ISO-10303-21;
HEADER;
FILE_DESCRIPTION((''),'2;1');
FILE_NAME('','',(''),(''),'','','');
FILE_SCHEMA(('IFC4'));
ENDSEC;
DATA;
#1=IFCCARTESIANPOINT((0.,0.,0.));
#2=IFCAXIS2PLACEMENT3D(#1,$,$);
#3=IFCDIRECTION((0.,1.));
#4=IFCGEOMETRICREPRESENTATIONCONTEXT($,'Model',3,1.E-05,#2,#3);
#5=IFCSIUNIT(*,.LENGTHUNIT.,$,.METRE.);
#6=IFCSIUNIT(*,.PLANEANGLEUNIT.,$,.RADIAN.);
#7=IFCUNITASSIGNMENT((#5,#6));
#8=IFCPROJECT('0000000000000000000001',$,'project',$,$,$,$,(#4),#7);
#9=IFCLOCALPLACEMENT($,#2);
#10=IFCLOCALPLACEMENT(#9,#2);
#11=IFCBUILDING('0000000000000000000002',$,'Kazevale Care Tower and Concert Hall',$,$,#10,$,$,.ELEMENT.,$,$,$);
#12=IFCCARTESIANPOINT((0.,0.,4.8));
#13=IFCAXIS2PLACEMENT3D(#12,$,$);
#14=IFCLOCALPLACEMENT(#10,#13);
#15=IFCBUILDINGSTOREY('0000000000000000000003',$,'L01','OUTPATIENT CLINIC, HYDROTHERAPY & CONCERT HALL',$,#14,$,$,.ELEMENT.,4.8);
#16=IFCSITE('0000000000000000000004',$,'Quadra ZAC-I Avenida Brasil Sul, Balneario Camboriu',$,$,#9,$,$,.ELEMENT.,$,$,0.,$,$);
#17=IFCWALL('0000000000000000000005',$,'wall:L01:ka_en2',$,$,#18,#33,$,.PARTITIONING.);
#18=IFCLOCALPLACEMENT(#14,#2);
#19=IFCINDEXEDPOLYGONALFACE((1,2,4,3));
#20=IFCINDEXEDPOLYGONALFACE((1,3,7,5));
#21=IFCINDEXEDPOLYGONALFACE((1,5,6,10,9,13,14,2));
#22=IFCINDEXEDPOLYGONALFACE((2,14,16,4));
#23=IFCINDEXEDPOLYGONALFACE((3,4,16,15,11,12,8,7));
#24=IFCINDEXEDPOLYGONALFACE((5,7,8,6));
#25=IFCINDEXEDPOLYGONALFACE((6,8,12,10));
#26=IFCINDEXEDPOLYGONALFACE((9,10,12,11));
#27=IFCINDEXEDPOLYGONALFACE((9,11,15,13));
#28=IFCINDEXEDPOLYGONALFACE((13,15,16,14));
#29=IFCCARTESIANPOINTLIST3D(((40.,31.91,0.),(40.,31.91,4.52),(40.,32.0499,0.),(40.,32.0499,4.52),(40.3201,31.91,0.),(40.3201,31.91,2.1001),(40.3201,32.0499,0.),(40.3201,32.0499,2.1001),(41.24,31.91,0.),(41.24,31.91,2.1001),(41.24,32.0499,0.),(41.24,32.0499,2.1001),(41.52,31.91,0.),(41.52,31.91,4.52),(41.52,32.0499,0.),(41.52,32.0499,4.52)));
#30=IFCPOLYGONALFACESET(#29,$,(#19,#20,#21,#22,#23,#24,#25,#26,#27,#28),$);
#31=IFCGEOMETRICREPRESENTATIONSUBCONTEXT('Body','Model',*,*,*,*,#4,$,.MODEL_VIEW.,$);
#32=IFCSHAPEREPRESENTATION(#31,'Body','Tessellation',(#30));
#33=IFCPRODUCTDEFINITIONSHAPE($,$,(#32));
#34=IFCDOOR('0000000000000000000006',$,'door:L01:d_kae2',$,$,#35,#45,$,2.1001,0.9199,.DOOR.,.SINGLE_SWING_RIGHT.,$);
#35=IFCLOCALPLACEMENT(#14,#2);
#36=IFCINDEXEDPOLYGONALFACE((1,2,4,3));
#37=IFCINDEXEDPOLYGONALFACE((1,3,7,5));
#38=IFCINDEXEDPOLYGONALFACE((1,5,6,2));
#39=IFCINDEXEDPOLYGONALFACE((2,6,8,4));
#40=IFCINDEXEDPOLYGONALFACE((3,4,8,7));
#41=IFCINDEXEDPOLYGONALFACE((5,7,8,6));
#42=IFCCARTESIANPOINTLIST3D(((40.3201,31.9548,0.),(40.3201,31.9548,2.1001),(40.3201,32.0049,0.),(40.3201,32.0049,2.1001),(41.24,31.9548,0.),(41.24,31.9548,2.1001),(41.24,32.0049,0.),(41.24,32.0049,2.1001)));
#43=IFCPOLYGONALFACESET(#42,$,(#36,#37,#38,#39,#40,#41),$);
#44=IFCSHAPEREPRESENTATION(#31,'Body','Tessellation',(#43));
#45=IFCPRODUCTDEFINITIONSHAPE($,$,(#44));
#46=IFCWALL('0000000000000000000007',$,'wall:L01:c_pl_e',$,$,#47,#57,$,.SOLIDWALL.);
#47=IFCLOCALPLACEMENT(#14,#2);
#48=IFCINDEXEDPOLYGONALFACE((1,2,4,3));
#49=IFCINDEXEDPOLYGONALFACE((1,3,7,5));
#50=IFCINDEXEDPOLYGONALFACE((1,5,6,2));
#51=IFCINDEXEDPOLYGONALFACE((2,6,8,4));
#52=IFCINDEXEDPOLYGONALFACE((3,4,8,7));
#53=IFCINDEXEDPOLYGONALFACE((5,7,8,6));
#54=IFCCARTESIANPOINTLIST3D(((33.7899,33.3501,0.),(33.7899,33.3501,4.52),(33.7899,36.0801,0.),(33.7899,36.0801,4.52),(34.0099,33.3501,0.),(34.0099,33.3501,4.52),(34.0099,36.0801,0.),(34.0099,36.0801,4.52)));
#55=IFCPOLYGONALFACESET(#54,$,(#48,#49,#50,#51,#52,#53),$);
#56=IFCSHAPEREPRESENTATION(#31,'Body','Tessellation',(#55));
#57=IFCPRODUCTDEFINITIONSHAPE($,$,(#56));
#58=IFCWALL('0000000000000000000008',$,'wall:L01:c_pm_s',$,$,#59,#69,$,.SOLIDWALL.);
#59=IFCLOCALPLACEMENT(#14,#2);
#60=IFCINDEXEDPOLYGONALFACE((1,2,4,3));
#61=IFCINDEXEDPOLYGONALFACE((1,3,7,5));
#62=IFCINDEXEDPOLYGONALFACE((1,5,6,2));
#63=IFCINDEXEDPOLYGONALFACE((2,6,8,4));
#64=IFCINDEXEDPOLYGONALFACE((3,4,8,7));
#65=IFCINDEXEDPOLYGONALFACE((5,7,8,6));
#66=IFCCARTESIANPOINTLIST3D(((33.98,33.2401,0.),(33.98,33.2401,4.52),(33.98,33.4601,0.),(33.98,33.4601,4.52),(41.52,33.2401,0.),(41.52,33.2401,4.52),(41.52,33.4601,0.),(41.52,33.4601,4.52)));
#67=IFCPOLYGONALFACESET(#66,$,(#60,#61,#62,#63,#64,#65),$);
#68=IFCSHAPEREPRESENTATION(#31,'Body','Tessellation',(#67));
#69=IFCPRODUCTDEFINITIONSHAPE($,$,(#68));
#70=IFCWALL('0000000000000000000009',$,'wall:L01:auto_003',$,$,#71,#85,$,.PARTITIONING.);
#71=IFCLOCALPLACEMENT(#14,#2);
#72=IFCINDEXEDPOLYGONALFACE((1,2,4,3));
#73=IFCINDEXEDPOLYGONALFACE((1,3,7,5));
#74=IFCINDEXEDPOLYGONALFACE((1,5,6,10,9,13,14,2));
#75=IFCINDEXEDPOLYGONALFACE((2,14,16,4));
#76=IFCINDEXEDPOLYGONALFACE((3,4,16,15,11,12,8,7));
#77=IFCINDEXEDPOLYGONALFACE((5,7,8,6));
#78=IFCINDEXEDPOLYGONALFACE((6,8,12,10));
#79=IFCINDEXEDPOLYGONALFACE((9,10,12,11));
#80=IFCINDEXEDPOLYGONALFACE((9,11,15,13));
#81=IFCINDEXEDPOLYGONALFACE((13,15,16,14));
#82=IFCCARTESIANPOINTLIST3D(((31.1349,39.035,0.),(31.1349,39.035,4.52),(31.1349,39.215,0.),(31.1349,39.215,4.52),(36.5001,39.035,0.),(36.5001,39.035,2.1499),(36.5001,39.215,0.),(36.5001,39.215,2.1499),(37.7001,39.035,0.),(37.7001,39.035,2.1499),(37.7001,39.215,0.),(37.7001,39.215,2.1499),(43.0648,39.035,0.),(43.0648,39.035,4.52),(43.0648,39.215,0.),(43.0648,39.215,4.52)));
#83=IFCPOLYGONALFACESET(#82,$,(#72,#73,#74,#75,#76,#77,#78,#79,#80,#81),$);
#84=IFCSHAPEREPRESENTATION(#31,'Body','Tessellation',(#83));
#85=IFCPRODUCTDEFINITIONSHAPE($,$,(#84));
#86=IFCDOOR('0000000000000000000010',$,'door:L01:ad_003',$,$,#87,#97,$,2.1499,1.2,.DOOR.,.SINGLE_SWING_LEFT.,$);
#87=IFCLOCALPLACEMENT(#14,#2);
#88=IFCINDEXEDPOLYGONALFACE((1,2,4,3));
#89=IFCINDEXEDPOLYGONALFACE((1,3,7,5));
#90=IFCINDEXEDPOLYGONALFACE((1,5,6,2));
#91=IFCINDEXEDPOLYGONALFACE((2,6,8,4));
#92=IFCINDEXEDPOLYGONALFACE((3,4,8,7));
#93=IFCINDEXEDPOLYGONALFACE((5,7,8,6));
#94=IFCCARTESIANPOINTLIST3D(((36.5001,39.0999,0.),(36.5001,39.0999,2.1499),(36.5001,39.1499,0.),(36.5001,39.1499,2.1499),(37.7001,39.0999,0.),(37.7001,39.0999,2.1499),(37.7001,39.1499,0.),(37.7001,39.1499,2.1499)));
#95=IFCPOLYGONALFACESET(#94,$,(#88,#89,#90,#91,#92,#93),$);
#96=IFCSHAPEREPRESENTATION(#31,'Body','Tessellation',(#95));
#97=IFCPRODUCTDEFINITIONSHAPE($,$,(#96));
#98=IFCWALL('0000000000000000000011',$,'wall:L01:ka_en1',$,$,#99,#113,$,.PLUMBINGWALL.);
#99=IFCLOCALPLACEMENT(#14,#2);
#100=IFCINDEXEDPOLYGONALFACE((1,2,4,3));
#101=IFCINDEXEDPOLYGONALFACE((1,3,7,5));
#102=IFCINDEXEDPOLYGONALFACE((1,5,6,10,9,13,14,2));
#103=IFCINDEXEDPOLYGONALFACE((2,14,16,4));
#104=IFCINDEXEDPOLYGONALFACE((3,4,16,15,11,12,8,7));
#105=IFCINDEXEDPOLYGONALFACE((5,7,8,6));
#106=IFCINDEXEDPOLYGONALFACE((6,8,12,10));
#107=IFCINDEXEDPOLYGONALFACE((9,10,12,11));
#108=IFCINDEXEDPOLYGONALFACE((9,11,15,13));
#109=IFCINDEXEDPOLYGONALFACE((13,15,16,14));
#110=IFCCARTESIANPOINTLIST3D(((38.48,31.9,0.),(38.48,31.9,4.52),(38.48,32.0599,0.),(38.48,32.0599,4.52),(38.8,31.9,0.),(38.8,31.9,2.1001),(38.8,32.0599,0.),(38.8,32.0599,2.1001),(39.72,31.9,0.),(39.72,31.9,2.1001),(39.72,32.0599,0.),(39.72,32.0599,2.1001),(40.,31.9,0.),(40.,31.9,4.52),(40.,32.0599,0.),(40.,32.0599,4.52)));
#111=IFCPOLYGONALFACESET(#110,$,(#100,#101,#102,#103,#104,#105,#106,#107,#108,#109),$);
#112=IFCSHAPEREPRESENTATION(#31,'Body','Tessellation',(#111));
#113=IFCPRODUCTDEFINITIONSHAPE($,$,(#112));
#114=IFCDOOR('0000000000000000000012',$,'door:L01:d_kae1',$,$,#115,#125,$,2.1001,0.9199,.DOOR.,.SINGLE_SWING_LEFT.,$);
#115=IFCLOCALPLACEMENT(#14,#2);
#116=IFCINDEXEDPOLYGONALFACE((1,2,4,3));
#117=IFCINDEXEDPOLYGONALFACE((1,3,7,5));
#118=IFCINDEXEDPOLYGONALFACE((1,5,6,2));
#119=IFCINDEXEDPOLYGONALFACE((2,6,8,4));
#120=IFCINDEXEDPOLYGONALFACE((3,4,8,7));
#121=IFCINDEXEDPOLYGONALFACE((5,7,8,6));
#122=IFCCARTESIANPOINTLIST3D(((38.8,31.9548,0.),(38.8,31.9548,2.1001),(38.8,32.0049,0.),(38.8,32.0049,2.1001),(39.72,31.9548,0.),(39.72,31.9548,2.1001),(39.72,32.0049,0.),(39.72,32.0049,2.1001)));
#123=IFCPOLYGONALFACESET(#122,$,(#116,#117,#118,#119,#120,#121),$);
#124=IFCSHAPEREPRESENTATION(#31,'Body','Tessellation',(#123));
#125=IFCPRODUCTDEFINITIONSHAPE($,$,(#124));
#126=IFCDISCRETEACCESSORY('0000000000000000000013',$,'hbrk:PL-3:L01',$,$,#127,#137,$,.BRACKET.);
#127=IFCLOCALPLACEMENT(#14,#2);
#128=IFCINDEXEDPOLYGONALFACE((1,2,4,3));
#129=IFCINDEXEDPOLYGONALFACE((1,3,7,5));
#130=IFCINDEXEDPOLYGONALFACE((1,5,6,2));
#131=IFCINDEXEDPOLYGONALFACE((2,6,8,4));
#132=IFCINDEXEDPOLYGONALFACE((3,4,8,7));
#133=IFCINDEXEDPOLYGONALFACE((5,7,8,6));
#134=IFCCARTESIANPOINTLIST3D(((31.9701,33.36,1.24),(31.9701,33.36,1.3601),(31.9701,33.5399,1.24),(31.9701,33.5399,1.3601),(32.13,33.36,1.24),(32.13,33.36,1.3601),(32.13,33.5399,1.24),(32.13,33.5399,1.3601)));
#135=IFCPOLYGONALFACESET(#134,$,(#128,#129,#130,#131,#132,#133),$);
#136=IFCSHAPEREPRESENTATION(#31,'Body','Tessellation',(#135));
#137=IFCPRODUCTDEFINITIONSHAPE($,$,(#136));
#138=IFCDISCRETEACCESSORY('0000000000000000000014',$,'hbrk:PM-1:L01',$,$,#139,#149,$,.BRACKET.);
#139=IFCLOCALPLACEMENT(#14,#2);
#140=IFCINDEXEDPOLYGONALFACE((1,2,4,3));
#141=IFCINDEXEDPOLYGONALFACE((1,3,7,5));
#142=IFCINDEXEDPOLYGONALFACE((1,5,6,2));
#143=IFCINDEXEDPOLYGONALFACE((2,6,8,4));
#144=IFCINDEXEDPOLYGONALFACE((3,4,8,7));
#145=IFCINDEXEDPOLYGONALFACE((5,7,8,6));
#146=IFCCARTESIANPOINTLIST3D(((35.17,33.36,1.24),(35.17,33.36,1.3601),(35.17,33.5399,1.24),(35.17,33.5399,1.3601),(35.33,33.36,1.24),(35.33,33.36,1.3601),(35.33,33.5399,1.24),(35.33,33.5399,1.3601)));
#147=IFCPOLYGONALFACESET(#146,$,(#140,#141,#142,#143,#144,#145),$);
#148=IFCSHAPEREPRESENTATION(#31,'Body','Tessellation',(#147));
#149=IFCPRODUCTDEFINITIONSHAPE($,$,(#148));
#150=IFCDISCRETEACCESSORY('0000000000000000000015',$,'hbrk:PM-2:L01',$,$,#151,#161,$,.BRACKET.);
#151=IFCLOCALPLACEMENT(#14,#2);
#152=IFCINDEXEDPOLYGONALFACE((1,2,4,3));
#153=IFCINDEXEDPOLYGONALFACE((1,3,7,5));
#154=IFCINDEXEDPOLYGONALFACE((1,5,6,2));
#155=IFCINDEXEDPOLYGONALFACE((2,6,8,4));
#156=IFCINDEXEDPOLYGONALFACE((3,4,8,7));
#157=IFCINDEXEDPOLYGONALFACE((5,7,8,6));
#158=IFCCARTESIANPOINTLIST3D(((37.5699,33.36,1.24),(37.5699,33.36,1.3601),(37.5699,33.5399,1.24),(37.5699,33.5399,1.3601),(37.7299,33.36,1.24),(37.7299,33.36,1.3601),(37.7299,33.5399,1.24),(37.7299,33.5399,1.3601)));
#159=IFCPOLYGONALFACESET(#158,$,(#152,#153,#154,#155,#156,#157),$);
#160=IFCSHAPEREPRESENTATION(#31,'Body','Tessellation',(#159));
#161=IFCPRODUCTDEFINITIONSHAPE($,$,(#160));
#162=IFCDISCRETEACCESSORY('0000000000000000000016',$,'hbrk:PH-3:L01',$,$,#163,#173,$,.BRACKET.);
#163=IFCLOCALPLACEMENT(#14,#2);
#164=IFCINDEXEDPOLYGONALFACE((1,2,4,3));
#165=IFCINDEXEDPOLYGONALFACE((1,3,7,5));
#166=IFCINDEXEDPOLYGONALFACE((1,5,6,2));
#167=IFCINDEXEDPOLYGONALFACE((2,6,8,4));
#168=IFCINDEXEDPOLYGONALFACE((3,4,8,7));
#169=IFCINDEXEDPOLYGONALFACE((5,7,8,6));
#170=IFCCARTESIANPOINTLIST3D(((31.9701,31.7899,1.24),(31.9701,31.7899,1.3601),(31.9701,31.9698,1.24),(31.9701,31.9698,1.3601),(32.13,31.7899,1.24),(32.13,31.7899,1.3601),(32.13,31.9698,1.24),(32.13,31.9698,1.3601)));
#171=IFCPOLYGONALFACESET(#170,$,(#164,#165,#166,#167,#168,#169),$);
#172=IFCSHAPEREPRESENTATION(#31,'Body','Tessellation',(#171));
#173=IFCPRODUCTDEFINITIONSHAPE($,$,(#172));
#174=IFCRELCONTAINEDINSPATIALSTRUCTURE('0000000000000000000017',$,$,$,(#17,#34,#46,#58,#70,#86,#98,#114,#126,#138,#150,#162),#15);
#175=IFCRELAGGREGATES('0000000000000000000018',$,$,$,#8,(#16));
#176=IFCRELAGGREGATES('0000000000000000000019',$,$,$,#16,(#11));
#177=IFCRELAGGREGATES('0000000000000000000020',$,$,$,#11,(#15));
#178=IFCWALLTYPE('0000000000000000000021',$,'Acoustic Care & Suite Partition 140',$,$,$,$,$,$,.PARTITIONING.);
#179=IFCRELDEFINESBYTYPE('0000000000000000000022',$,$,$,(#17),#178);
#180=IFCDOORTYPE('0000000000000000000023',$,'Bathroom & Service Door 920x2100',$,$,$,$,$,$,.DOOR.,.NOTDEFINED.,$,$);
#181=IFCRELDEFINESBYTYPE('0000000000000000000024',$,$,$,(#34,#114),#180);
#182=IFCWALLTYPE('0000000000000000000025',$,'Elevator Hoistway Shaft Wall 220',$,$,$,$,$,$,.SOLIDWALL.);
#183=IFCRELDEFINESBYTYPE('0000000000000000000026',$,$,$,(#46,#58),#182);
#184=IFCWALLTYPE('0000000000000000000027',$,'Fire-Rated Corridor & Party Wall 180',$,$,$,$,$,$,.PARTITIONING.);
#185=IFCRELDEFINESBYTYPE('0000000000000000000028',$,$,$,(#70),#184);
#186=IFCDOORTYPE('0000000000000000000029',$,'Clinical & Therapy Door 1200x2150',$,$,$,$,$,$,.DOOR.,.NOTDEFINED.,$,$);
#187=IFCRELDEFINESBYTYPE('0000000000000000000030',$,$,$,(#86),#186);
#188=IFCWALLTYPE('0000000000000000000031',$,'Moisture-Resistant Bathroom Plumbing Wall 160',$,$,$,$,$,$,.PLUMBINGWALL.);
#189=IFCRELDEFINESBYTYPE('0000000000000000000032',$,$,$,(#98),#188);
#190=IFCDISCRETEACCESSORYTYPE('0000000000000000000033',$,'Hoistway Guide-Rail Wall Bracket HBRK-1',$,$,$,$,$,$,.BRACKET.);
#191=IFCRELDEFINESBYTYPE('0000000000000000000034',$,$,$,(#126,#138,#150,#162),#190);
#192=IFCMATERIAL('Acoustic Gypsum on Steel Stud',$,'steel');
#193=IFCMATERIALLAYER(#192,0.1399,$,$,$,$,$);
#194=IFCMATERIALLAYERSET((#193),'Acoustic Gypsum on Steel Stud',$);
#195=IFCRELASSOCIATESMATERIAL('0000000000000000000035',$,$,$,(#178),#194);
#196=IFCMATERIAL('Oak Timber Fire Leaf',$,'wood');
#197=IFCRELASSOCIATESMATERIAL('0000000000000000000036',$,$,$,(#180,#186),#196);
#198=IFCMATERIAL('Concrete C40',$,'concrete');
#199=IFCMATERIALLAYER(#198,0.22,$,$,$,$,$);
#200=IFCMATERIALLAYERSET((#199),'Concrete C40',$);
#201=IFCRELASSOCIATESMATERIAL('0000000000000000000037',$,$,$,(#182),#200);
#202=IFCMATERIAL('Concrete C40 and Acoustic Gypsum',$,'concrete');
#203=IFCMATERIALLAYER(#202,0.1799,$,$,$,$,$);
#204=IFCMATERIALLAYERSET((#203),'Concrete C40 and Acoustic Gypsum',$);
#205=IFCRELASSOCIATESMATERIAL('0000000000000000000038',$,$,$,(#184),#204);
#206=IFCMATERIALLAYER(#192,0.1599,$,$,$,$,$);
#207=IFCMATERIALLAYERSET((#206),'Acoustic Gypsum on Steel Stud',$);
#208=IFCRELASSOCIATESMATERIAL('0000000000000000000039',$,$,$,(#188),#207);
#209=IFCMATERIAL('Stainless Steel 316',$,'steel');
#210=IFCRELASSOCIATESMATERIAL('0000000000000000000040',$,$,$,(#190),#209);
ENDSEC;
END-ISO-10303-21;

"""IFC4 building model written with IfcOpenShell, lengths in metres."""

from ifc_helpers import new_model, si_unit, direction, frame, frame_2d, origin, origin_2d, place, context, subcontext, project, spatial, rectangle, extrude, material, layer, layer_set, type_object, element, fill, save


model = new_model("IFC4")

# Units and contexts
model_context = context("Model", 3, precision=1e-05, world=origin(), true_north=direction((0.0, 1.0)))
body_context = subcontext(model_context, "Body", "Model", "MODEL_VIEW")
ifc_project = project(units=[si_unit("LENGTHUNIT", "METRE"), si_unit("PLANEANGLEUNIT", "RADIAN")], contexts=[model_context])

# Site, building, storey
site_placement = place(None, origin())
site = spatial("IfcSite", under=ifc_project, at=site_placement, Name="Quadra ZAC-I Avenida Brasil Sul, Balneario Camboriu", CompositionType="ELEMENT", RefElevation=0.0)
building_placement = place(site_placement, origin())
building = spatial("IfcBuilding", under=site, at=building_placement, Name="Kazevale Care Tower and Concert Hall", CompositionType="ELEMENT")
storey_placement = place(building_placement, frame((0.0, 0.0, 4.8)))
storey = spatial("IfcBuildingStorey", under=building, at=storey_placement, Name="L01", Description="OUTPATIENT CLINIC, HYDROTHERAPY & CONCERT HALL", CompositionType="ELEMENT", Elevation=4.8)

# Wall, opening, door
ifc_material_1 = material(Name="Acoustic Gypsum on Steel Stud", Category="steel")
ifc_layer_1 = layer(ifc_material_1, 0.1399)
ifc_layer_set_1 = layer_set([ifc_layer_1], Name="Acoustic Gypsum on Steel Stud")
wall_type_1 = type_object("IfcWallType", Name="Acoustic Care & Suite Partition 140", PredefinedType="PARTITIONING", material=ifc_layer_set_1)
wall_1_placement = place(storey_placement, frame((40.0, 31.98, 0.0), z_axis=(0.0, 0.0, 1.0), x_axis=(1.0, 0.0, 0.0)))
wall_1 = element("IfcWall", 1, at=wall_1_placement, inside=storey, type_object=wall_type_1, Name="wall:L01:ka_en2", PredefinedType="PARTITIONING", context=body_context, shape_type="SweptSolid", body=[
    extrude(rectangle(XDim=1.52, YDim=0.1399, at=frame_2d((0.76, 0.0))), origin(), (0.0, 0.0, 1.0), 4.52),
])
opening_1_placement = place(wall_1_placement, frame((0.3201, 0.0, 0.0)))
opening_1 = element("IfcOpeningElement", 2, at=opening_1_placement, cuts=wall_1, PredefinedType="OPENING", context=body_context, shape_type="SweptSolid", body=[
    extrude(rectangle(XDim=0.9199, YDim=2.1001, at=frame_2d((0.46, 1.05))), frame((0.0, 0.0798, 0.0), z_axis=(0.0, -1.0, 0.0), x_axis=(1.0, 0.0, 0.0)), (0.0, 0.0, 1.0), 0.1599),
])
ifc_material_2 = material(Name="Oak Timber Fire Leaf", Category="wood")
door_type_1 = type_object("IfcDoorType", Name="Bathroom & Service Door 920x2100", OperationType="NOTDEFINED", PredefinedType="DOOR", material=ifc_material_2)
door_1_placement = place(opening_1_placement, origin())
door_1 = element("IfcDoor", 3, at=door_1_placement, inside=storey, type_object=door_type_1, Name="door:L01:d_kae2", OperationType="SINGLE_SWING_RIGHT", OverallHeight=2.1001, OverallWidth=0.9199, PredefinedType="DOOR", context=body_context, shape_type="SweptSolid", body=[
    extrude(rectangle(XDim=0.9199, YDim=2.1001, at=frame_2d((0.46, 1.05))), frame((0.0, 0.0249, 0.0), z_axis=(0.0, -1.0, 0.0), x_axis=(1.0, 0.0, 0.0)), (0.0, 0.0, 1.0), 0.05),
])
fill(opening_1, door_1)

# Walls
ifc_material_3 = material(Name="Concrete C40", Category="concrete")
ifc_layer_2 = layer(ifc_material_3, 0.22)
ifc_layer_set_2 = layer_set([ifc_layer_2], Name="Concrete C40")
wall_type_2 = type_object("IfcWallType", Name="Elevator Hoistway Shaft Wall 220", PredefinedType="SOLIDWALL", material=ifc_layer_set_2)
wall_2_placement = place(storey_placement, frame((33.8999, 33.3501, 0.0), z_axis=(0.0, 0.0, 1.0), x_axis=(0.0, 1.0, 0.0)))
element("IfcWall", 4, at=wall_2_placement, inside=storey, type_object=wall_type_2, Name="wall:L01:c_pl_e", PredefinedType="SOLIDWALL", context=body_context, shape_type="SweptSolid", body=[
    extrude(rectangle(XDim=2.73, YDim=0.22, at=frame_2d((1.365, 0.0))), origin(), (0.0, 0.0, 1.0), 4.52),
])
wall_3_placement = place(storey_placement, frame((33.98, 33.3501, 0.0), z_axis=(0.0, 0.0, 1.0), x_axis=(1.0, 0.0, 0.0)))
element("IfcWall", 5, at=wall_3_placement, inside=storey, type_object=wall_type_2, Name="wall:L01:c_pm_s", PredefinedType="SOLIDWALL", context=body_context, shape_type="SweptSolid", body=[
    extrude(rectangle(XDim=7.54, YDim=0.22, at=frame_2d((3.77, 0.0))), origin(), (0.0, 0.0, 1.0), 4.52),
])

# Walls, openings, doors
ifc_material_4 = material(Name="Concrete C40 and Acoustic Gypsum", Category="concrete")
ifc_layer_3 = layer(ifc_material_4, 0.1799)
ifc_layer_set_3 = layer_set([ifc_layer_3], Name="Concrete C40 and Acoustic Gypsum")
wall_type_3 = type_object("IfcWallType", Name="Fire-Rated Corridor & Party Wall 180", PredefinedType="PARTITIONING", material=ifc_layer_set_3)
wall_4_placement = place(storey_placement, frame((31.135, 39.125, 0.0), z_axis=(0.0, 0.0, 1.0), x_axis=(1.0, 0.0, 0.0)))
wall_4 = element("IfcWall", 6, at=wall_4_placement, inside=storey, type_object=wall_type_3, Name="wall:L01:auto_003", PredefinedType="PARTITIONING", context=body_context, shape_type="SweptSolid", body=[
    extrude(rectangle(XDim=11.9299, YDim=0.1799, at=frame_2d((5.9648, 0.0))), origin(), (0.0, 0.0, 1.0), 4.52),
])
opening_2_placement = place(wall_4_placement, frame((5.365, 0.0, 0.0)))
opening_2 = element("IfcOpeningElement", 7, at=opening_2_placement, cuts=wall_4, PredefinedType="OPENING", context=body_context, shape_type="SweptSolid", body=[
    extrude(rectangle(XDim=1.2, YDim=2.1499, at=frame_2d((0.6001, 1.075))), frame((0.0, 0.0999, 0.0), z_axis=(0.0, -1.0, 0.0), x_axis=(1.0, 0.0, 0.0)), (0.0, 0.0, 1.0), 0.2),
])
door_type_2 = type_object("IfcDoorType", Name="Clinical & Therapy Door 1200x2150", OperationType="NOTDEFINED", PredefinedType="DOOR", material=ifc_material_2)
door_2_placement = place(opening_2_placement, origin())
door_2 = element("IfcDoor", 8, at=door_2_placement, inside=storey, type_object=door_type_2, Name="door:L01:ad_003", OperationType="SINGLE_SWING_LEFT", OverallHeight=2.1499, OverallWidth=1.2, PredefinedType="DOOR", context=body_context, shape_type="SweptSolid", body=[
    extrude(rectangle(XDim=1.2, YDim=2.1499, at=frame_2d((0.6001, 1.075))), frame((0.0, 0.0249, 0.0), z_axis=(0.0, -1.0, 0.0), x_axis=(1.0, 0.0, 0.0)), (0.0, 0.0, 1.0), 0.05),
])
fill(opening_2, door_2)
ifc_layer_4 = layer(ifc_material_1, 0.1599)
ifc_layer_set_4 = layer_set([ifc_layer_4], Name="Acoustic Gypsum on Steel Stud")
wall_type_4 = type_object("IfcWallType", Name="Moisture-Resistant Bathroom Plumbing Wall 160", PredefinedType="PLUMBINGWALL", material=ifc_layer_set_4)
wall_5_placement = place(storey_placement, frame((38.48, 31.98, 0.0), z_axis=(0.0, 0.0, 1.0), x_axis=(1.0, 0.0, 0.0)))
wall_5 = element("IfcWall", 9, at=wall_5_placement, inside=storey, type_object=wall_type_4, Name="wall:L01:ka_en1", PredefinedType="PLUMBINGWALL", context=body_context, shape_type="SweptSolid", body=[
    extrude(rectangle(XDim=1.52, YDim=0.1599, at=frame_2d((0.76, 0.0))), origin(), (0.0, 0.0, 1.0), 4.52),
])
opening_3_placement = place(wall_5_placement, frame((0.3201, 0.0, 0.0)))
opening_3 = element("IfcOpeningElement", 10, at=opening_3_placement, cuts=wall_5, PredefinedType="OPENING", context=body_context, shape_type="SweptSolid", body=[
    extrude(rectangle(XDim=0.9199, YDim=2.1001, at=frame_2d((0.46, 1.05))), frame((0.0, 0.0898, 0.0), z_axis=(0.0, -1.0, 0.0), x_axis=(1.0, 0.0, 0.0)), (0.0, 0.0, 1.0), 0.1799),
])
door_3_placement = place(opening_3_placement, origin())
door_3 = element("IfcDoor", 11, at=door_3_placement, inside=storey, type_object=door_type_1, Name="door:L01:d_kae1", OperationType="SINGLE_SWING_LEFT", OverallHeight=2.1001, OverallWidth=0.9199, PredefinedType="DOOR", context=body_context, shape_type="SweptSolid", body=[
    extrude(rectangle(XDim=0.9199, YDim=2.1001, at=frame_2d((0.46, 1.05))), frame((0.0, 0.0249, 0.0), z_axis=(0.0, -1.0, 0.0), x_axis=(1.0, 0.0, 0.0)), (0.0, 0.0, 1.0), 0.05),
])
fill(opening_3, door_3)

# Discrete accessories
ifc_material_5 = material(Name="Stainless Steel 316", Category="steel")
discrete_accessory_type = type_object("IfcDiscreteAccessoryType", Name="Hoistway Guide-Rail Wall Bracket HBRK-1", PredefinedType="BRACKET", material=ifc_material_5)
for number, where, z_axis, x_axis, name in (
    (12, (32.05, 33.45, 1.24), (0.0, 0.0, 1.0), (1.0, 0.0, 0.0), "hbrk:PL-3:L01"),
    (13, (35.25, 33.45, 1.24), (0.0, 0.0, 1.0), (1.0, 0.0, 0.0), "hbrk:PM-1:L01"),
    (14, (37.6499, 33.45, 1.24), (0.0, 0.0, 1.0), (1.0, 0.0, 0.0), "hbrk:PM-2:L01"),
    (15, (32.05, 31.8799, 1.24), (0.0, 0.0, 1.0), (1.0, 0.0, 0.0), "hbrk:PH-3:L01"),
):
    element("IfcDiscreteAccessory", number, at=place(storey_placement, frame(where, z_axis=z_axis, x_axis=x_axis)), inside=storey, type_object=discrete_accessory_type, Name=name, PredefinedType="BRACKET", context=body_context, shape_type="SweptSolid", body=[
        extrude(rectangle(XDim=0.1599, YDim=0.1799, at=origin_2d()), origin(), (0.0, 0.0, 1.0), 0.1201),
    ])

save(model, "model.ifc")
